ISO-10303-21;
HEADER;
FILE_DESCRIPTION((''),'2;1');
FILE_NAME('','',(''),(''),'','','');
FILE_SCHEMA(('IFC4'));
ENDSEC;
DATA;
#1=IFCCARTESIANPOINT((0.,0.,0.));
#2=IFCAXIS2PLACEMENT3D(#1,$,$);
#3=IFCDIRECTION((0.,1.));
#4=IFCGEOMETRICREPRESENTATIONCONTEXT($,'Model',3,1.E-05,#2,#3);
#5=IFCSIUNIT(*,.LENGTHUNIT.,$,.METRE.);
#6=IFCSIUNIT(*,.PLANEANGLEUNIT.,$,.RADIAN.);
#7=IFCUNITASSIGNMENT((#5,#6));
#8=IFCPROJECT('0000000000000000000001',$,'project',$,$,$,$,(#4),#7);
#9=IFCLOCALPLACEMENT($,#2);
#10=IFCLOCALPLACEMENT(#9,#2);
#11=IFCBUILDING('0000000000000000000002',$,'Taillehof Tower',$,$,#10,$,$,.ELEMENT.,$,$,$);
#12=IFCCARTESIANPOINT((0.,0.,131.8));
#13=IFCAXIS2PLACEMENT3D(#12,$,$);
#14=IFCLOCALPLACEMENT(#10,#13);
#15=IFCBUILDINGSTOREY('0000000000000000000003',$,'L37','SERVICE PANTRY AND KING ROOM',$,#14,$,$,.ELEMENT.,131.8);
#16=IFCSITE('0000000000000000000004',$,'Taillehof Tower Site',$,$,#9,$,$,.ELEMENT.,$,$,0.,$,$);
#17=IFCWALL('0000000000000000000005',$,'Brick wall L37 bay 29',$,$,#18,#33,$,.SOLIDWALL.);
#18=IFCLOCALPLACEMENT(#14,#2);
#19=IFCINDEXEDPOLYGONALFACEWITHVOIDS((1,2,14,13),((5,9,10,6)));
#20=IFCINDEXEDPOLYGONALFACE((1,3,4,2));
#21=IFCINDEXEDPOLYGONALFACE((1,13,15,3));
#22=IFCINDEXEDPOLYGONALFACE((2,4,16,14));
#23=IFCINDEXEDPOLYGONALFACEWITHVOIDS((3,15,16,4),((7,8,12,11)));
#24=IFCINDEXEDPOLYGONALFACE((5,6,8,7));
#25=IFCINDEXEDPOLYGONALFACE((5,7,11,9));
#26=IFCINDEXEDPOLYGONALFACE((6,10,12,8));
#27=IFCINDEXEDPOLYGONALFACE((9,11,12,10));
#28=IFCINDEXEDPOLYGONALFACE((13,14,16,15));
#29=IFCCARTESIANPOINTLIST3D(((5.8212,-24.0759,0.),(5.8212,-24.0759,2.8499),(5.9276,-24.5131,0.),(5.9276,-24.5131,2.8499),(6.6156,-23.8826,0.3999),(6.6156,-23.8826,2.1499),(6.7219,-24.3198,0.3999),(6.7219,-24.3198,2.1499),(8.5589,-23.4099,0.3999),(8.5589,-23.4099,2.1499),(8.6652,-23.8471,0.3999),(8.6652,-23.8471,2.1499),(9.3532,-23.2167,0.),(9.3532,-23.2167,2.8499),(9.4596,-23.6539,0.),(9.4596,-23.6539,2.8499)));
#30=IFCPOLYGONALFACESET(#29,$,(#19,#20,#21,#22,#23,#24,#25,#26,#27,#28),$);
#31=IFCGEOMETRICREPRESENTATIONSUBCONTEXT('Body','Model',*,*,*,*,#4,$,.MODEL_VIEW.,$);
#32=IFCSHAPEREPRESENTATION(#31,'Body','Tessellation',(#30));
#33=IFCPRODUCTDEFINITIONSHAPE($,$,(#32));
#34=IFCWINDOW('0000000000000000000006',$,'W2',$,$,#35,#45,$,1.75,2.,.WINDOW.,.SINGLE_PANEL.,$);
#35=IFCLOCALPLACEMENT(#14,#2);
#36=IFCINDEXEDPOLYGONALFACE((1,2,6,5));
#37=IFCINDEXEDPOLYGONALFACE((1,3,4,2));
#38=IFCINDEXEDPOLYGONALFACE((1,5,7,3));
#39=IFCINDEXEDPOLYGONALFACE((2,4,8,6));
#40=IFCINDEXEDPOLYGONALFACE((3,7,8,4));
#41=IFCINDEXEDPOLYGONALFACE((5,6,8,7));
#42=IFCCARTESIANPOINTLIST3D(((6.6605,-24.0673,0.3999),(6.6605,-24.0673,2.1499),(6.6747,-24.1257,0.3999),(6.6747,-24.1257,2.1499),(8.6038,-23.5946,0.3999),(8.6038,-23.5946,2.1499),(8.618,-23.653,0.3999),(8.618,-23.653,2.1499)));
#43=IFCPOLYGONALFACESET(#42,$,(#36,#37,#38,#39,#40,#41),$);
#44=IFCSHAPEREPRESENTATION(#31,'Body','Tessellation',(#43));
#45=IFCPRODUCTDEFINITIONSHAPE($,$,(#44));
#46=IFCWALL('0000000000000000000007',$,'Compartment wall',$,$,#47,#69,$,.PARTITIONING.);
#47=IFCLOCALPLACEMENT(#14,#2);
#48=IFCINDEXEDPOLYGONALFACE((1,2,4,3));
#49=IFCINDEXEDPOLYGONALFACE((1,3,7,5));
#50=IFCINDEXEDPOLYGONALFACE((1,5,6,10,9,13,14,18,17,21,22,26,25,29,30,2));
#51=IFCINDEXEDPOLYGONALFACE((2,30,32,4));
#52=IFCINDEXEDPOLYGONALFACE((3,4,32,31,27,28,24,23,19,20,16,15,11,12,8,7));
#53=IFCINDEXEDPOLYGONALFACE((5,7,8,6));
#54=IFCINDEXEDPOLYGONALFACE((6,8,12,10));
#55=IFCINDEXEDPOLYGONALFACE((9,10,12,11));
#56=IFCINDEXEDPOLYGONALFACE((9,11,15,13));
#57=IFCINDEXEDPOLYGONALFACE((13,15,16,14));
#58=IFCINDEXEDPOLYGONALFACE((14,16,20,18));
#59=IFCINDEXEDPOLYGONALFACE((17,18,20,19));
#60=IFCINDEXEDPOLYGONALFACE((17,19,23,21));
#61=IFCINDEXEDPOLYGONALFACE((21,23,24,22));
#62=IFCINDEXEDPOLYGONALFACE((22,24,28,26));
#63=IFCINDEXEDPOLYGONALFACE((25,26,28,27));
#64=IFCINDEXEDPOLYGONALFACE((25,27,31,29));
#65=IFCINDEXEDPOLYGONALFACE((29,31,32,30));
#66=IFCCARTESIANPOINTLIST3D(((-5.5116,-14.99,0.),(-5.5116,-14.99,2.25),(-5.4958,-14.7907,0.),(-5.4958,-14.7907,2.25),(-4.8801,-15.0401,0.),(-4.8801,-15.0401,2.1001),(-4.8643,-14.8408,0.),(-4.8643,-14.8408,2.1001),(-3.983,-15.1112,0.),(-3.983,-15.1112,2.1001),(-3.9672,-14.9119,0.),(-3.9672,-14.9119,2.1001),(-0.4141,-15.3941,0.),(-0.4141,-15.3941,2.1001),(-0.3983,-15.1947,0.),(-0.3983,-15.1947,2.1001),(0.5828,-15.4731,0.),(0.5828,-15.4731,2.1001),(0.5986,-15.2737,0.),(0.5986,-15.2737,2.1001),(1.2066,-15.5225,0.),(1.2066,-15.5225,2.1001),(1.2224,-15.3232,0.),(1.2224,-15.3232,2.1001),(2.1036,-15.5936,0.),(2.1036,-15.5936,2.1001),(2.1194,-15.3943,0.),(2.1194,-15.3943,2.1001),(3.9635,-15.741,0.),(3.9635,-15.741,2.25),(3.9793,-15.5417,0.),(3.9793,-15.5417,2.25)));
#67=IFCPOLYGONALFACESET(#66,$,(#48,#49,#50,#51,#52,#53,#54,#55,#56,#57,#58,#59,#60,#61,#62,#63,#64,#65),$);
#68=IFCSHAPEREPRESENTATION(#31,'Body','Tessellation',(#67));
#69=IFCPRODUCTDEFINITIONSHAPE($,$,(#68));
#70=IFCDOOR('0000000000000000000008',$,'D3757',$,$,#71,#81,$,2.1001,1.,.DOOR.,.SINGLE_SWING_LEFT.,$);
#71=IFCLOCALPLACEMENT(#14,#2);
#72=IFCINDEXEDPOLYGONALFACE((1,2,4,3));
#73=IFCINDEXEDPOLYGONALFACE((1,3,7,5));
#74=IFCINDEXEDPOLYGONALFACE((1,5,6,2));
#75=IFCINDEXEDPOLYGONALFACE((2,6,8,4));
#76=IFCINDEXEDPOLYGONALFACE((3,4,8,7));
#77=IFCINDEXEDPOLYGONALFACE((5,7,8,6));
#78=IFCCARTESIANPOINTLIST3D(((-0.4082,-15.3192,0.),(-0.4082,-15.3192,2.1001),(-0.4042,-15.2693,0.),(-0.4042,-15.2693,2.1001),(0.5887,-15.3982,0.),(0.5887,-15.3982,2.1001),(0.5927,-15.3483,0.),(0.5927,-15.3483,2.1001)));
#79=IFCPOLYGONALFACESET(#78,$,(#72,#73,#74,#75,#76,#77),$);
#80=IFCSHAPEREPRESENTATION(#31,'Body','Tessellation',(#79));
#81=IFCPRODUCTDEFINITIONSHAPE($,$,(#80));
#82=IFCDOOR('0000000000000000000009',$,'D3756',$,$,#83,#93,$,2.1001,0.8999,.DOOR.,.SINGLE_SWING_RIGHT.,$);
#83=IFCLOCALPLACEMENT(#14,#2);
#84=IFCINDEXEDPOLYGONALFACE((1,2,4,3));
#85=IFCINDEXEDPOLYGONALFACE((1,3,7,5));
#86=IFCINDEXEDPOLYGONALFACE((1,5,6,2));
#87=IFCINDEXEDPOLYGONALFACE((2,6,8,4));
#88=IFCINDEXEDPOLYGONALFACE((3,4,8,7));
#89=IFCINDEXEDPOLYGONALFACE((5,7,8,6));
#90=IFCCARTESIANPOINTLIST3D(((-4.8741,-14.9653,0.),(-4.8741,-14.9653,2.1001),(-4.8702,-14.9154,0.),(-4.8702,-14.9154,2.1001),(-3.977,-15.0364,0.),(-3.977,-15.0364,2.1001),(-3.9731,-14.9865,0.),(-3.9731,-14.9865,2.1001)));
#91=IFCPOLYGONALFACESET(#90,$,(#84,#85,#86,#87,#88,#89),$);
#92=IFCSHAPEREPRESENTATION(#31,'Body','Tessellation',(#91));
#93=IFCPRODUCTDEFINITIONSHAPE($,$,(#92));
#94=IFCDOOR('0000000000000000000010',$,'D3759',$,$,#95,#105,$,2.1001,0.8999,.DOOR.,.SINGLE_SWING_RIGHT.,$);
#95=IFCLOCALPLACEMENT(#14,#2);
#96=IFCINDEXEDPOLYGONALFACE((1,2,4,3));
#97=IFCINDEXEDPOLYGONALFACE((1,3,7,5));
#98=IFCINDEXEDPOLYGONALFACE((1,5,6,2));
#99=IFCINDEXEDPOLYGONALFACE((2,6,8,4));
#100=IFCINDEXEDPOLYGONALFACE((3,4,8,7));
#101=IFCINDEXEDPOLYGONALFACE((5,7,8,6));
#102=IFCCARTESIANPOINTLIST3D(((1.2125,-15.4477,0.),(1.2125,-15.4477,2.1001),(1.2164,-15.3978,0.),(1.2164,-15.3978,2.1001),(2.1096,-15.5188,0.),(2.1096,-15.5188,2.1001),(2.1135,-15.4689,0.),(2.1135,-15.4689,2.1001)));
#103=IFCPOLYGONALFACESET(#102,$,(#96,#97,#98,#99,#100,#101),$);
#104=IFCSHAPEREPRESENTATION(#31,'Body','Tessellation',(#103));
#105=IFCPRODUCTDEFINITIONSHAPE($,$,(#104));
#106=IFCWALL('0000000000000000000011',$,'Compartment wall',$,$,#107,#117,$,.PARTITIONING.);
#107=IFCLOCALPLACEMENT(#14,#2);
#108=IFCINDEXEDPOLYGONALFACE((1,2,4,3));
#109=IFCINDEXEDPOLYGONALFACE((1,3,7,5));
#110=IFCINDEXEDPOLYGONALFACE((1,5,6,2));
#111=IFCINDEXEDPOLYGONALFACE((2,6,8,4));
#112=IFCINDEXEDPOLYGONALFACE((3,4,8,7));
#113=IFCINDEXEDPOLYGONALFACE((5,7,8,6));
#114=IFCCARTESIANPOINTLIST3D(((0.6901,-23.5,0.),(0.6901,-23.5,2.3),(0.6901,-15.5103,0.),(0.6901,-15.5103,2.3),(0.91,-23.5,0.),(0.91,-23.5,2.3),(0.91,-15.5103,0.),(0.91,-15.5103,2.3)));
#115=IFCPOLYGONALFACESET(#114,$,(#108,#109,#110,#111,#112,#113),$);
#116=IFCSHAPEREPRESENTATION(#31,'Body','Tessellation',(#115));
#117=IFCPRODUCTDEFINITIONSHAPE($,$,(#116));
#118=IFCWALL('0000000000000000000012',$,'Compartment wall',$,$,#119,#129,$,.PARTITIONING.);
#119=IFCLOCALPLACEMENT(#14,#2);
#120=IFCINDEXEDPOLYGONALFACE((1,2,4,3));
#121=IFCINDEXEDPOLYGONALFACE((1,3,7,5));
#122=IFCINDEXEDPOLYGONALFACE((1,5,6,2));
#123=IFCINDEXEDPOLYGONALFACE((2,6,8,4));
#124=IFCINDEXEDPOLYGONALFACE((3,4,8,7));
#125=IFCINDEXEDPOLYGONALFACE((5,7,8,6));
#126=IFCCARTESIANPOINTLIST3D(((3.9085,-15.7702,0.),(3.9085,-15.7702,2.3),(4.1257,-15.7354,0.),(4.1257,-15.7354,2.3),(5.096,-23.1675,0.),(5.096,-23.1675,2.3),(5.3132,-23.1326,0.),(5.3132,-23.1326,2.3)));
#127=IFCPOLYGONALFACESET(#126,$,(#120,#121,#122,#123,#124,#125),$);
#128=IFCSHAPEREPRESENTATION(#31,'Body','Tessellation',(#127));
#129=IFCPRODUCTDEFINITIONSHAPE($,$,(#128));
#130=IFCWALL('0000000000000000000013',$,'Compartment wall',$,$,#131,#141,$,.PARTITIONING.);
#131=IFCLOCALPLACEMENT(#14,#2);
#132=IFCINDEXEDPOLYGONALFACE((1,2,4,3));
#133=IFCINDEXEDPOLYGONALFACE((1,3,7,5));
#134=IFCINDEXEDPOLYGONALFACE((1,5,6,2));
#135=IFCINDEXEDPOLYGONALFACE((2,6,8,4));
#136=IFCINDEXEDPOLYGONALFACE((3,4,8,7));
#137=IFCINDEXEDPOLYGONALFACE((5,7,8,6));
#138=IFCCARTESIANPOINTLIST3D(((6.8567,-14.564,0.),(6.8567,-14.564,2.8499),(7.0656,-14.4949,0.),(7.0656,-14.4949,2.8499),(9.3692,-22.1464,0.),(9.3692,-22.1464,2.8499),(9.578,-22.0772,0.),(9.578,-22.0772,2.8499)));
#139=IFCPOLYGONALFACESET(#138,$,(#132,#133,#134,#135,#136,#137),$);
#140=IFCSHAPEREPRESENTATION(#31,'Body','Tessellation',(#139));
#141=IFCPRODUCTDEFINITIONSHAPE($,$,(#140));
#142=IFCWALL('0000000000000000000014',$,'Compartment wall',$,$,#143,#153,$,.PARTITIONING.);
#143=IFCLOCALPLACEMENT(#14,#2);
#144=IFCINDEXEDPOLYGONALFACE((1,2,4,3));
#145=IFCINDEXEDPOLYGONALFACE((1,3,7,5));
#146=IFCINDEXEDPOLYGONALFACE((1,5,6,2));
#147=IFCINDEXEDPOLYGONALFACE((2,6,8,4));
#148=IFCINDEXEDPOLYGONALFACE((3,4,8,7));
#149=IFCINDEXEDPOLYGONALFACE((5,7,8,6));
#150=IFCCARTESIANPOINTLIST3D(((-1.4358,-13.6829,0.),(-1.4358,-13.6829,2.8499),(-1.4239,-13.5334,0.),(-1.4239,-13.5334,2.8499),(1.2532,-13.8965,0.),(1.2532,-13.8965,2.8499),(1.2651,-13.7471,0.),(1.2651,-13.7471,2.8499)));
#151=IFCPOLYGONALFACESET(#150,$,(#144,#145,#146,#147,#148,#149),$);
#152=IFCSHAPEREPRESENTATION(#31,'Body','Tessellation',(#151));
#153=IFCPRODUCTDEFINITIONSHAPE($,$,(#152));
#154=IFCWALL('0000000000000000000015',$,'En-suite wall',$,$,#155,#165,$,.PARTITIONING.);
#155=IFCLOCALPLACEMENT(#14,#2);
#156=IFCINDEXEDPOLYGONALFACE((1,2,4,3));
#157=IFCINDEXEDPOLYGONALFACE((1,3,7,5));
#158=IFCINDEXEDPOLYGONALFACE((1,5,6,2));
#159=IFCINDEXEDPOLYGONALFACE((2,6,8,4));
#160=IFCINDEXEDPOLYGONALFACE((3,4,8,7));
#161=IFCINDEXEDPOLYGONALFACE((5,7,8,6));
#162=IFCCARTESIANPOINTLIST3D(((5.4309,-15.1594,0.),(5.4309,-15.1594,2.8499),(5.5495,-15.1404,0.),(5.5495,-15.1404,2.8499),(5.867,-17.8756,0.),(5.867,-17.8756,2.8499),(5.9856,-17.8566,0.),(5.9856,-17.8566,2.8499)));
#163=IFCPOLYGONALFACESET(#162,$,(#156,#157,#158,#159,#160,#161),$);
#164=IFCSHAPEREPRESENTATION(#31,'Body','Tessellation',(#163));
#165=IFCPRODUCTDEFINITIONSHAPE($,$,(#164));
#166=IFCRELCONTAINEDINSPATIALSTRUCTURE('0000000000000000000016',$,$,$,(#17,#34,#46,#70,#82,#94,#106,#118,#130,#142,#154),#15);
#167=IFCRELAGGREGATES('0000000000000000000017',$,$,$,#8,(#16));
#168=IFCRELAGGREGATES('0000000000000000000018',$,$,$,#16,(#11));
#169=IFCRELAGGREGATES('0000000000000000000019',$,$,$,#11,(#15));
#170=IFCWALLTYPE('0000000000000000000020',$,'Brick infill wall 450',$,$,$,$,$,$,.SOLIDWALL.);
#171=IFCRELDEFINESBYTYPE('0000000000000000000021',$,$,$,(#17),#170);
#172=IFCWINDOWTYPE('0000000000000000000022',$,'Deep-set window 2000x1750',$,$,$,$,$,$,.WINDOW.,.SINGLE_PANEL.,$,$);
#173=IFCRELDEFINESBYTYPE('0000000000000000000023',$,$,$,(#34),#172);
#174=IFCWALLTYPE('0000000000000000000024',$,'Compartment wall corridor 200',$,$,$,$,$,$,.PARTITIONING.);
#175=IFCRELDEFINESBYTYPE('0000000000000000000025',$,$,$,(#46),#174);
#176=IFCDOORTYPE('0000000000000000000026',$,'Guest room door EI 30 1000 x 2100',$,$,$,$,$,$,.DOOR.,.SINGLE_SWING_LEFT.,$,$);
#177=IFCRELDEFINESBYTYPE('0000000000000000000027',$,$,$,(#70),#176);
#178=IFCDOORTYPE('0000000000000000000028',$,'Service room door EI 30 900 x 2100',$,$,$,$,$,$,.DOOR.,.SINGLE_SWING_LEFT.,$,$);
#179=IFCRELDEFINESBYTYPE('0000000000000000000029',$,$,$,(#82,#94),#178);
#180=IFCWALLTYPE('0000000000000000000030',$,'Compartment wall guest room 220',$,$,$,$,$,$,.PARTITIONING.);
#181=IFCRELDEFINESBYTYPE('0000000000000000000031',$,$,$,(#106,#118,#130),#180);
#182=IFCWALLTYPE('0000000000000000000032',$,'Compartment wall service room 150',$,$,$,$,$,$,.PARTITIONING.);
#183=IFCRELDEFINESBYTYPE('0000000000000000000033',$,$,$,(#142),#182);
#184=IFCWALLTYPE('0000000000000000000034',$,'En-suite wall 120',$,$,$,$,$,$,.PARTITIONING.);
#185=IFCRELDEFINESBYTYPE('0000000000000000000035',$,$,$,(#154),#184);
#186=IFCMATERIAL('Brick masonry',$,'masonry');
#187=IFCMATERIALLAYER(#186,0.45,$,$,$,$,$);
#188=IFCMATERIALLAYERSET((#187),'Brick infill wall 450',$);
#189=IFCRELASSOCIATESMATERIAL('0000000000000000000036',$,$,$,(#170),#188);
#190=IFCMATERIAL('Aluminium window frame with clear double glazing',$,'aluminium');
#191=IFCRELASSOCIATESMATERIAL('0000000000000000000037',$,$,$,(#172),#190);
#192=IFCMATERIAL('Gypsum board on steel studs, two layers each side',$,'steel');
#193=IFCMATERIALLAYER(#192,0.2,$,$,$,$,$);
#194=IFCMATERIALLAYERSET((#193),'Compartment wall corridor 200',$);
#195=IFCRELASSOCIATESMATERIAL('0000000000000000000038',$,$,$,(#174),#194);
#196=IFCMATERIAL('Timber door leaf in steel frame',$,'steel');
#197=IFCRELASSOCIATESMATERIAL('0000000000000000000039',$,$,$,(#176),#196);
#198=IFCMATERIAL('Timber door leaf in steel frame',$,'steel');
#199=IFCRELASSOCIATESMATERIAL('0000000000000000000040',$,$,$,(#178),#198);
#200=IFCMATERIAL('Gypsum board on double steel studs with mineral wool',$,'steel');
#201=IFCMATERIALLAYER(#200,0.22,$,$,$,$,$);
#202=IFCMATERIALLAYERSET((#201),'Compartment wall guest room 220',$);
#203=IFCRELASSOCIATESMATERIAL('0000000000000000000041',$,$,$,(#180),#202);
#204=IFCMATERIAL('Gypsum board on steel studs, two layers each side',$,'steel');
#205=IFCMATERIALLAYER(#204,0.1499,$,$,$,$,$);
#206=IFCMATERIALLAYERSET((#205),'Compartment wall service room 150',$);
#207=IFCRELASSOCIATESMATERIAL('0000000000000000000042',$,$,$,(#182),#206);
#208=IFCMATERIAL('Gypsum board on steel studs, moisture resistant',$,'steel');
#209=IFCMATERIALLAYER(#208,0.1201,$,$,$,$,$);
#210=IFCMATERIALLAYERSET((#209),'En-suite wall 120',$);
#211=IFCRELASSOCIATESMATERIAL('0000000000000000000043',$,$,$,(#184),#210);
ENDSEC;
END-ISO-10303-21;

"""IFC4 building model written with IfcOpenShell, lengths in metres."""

from ifc_helpers import new_model, si_unit, direction, frame, frame_2d, origin, place, context, subcontext, project, spatial, rectangle, extrude, material, layer, layer_set, type_object, element, fill, save


model = new_model("IFC4")

# Units and contexts
model_context = context("Model", 3, precision=1e-05, world=origin(), true_north=direction((0.0, 1.0)))
body_context = subcontext(model_context, "Body", "Model", "MODEL_VIEW")
ifc_project = project(units=[si_unit("LENGTHUNIT", "METRE"), si_unit("PLANEANGLEUNIT", "RADIAN")], contexts=[model_context])

# Site, building, storey
site_placement = place(None, origin())
site = spatial("IfcSite", under=ifc_project, at=site_placement, Name="Taillehof Tower Site", CompositionType="ELEMENT", RefElevation=0.0)
building_placement = place(site_placement, origin())
building = spatial("IfcBuilding", under=site, at=building_placement, Name="Taillehof Tower", CompositionType="ELEMENT")
storey_placement = place(building_placement, frame((0.0, 0.0, 131.8)))
storey = spatial("IfcBuildingStorey", under=building, at=storey_placement, Name="L37", Description="SERVICE PANTRY AND KING ROOM", CompositionType="ELEMENT", Elevation=131.8)

# Wall, opening, window
ifc_material_1 = material(Name="Brick masonry", Category="masonry")
ifc_layer_1 = layer(ifc_material_1, 0.45)
ifc_layer_set_1 = layer_set([ifc_layer_1], Name="Brick infill wall 450")
wall_type_1 = type_object("IfcWallType", Name="Brick infill wall 450", PredefinedType="SOLIDWALL", material=ifc_layer_set_1)
ifc_material_2 = material(Name="Aluminium window frame with clear double glazing", Category="aluminium")
window_type = type_object("IfcWindowType", Name="Deep-set window 2000x1750", PartitioningType="SINGLE_PANEL", PredefinedType="WINDOW", material=ifc_material_2)
wall_1_placement = place(storey_placement, frame((5.8745, -24.2944, 0.0), z_axis=(0.0, 0.0, 1.0), x_axis=(0.971668, 0.236352, 0.0)))
wall_1 = element("IfcWall", 1, at=wall_1_placement, inside=storey, type_object=wall_type_1, Name="Brick wall L37 bay 29", PredefinedType="SOLIDWALL", context=body_context, shape_type="SweptSolid", body=[
    extrude(rectangle(XDim=3.635, YDim=0.45, at=frame_2d((1.8174, 0.0))), origin(), (0.0, 0.0, 1.0), 2.8499),
])
opening_1_placement = place(wall_1_placement, frame((0.8174, 0.0, 0.3999)))
opening_1 = element("IfcOpeningElement", 2, at=opening_1_placement, cuts=wall_1, PredefinedType="OPENING", context=body_context, shape_type="SweptSolid", body=[
    extrude(rectangle(XDim=2.0, YDim=1.75, at=frame_2d((1.0, 0.875))), frame((0.0, 0.2349, 0.0), z_axis=(0.0, -1.0, 0.0), x_axis=(1.0, 0.0, 0.0)), (0.0, 0.0, 1.0), 0.47),
])
window_1_placement = place(opening_1_placement, origin())
window_1 = element("IfcWindow", 3, at=window_1_placement, inside=storey, type_object=window_type, Name="W2", OverallHeight=1.75, OverallWidth=2.0, PartitioningType="SINGLE_PANEL", PredefinedType="WINDOW", context=body_context, shape_type="SweptSolid", body=[
    extrude(rectangle(XDim=2.0, YDim=1.75, at=frame_2d((1.0, 0.875))), frame((0.0, 0.0349, 0.0), z_axis=(0.0, -1.0, 0.0), x_axis=(1.0, 0.0, 0.0)), (0.0, 0.0, 1.0), 0.0601),
])
fill(opening_1, window_1)

# Wall, openings, doors
ifc_material_3 = material(Name="Gypsum board on steel studs, two layers each side", Category="steel")
ifc_layer_2 = layer(ifc_material_3, 0.2)
ifc_layer_set_2 = layer_set([ifc_layer_2], Name="Compartment wall corridor 200")
wall_type_2 = type_object("IfcWallType", Name="Compartment wall corridor 200", PredefinedType="PARTITIONING", material=ifc_layer_set_2)
wall_2_placement = place(storey_placement, frame((3.9714, -15.6414, 0.0), z_axis=(0.0, 0.0, 1.0), x_axis=(-0.996874, 0.07901, 0.0)))
wall_2 = element("IfcWall", 4, at=wall_2_placement, inside=storey, type_object=wall_type_2, Name="Compartment wall", PredefinedType="PARTITIONING", context=body_context, shape_type="SweptSolid", body=[
    extrude(rectangle(XDim=9.5049, YDim=0.2, at=frame_2d((4.7524, 0.0))), origin(), (0.0, 0.0, 1.0), 2.25),
])
opening_2_placement = place(wall_2_placement, frame((7.9714, 0.0, 0.0)))
opening_2 = element("IfcOpeningElement", 5, at=opening_2_placement, cuts=wall_2, PredefinedType="OPENING", context=body_context, shape_type="SweptSolid", body=[
    extrude(rectangle(XDim=0.8999, YDim=2.1001, at=frame_2d((0.45, 1.05))), frame((0.0, 0.1099, 0.0), z_axis=(0.0, -1.0, 0.0), x_axis=(1.0, 0.0, 0.0)), (0.0, 0.0, 1.0), 0.22),
])
opening_3_placement = place(wall_2_placement, frame((3.3914, 0.0, 0.0)))
opening_3 = element("IfcOpeningElement", 6, at=opening_3_placement, cuts=wall_2, PredefinedType="OPENING", context=body_context, shape_type="SweptSolid", body=[
    extrude(rectangle(XDim=1.0, YDim=2.1001, at=frame_2d((0.5, 1.05))), frame((0.0, 0.1099, 0.0), z_axis=(0.0, -1.0, 0.0), x_axis=(1.0, 0.0, 0.0)), (0.0, 0.0, 1.0), 0.22),
])
opening_4_placement = place(wall_2_placement, frame((1.8657, 0.0, 0.0)))
opening_4 = element("IfcOpeningElement", 7, at=opening_4_placement, cuts=wall_2, PredefinedType="OPENING", context=body_context, shape_type="SweptSolid", body=[
    extrude(rectangle(XDim=0.8999, YDim=2.1001, at=frame_2d((0.45, 1.05))), frame((0.0, 0.1099, 0.0), z_axis=(0.0, -1.0, 0.0), x_axis=(1.0, 0.0, 0.0)), (0.0, 0.0, 1.0), 0.22),
])
ifc_material_4 = material(Name="Timber door leaf in steel frame", Category="steel")
door_type_1 = type_object("IfcDoorType", Name="Guest room door EI 30 1000 x 2100", OperationType="SINGLE_SWING_LEFT", PredefinedType="DOOR", material=ifc_material_4)
door_1_placement = place(opening_3_placement, origin())
door_1 = element("IfcDoor", 8, at=door_1_placement, inside=storey, type_object=door_type_1, Name="D3757", OperationType="SINGLE_SWING_LEFT", OverallHeight=2.1001, OverallWidth=1.0, PredefinedType="DOOR", context=body_context, shape_type="SweptSolid", body=[
    extrude(rectangle(XDim=1.0, YDim=2.1001, at=frame_2d((0.5, 1.05))), frame((0.0, 0.0249, 0.0), z_axis=(0.0, -1.0, 0.0), x_axis=(1.0, 0.0, 0.0)), (0.0, 0.0, 1.0), 0.05),
])
fill(opening_3, door_1)
ifc_material_5 = material(Name="Timber door leaf in steel frame", Category="steel")
door_type_2 = type_object("IfcDoorType", Name="Service room door EI 30 900 x 2100", OperationType="SINGLE_SWING_LEFT", PredefinedType="DOOR", material=ifc_material_5)
door_2_placement = place(opening_2_placement, origin())
door_2 = element("IfcDoor", 9, at=door_2_placement, inside=storey, type_object=door_type_2, Name="D3756", OperationType="SINGLE_SWING_RIGHT", OverallHeight=2.1001, OverallWidth=0.8999, PredefinedType="DOOR", context=body_context, shape_type="SweptSolid", body=[
    extrude(rectangle(XDim=0.8999, YDim=2.1001, at=frame_2d((0.45, 1.05))), frame((0.0, 0.0249, 0.0), z_axis=(0.0, -1.0, 0.0), x_axis=(1.0, 0.0, 0.0)), (0.0, 0.0, 1.0), 0.05),
])
fill(opening_2, door_2)
door_3_placement = place(opening_4_placement, origin())
door_3 = element("IfcDoor", 10, at=door_3_placement, inside=storey, type_object=door_type_2, Name="D3759", OperationType="SINGLE_SWING_RIGHT", OverallHeight=2.1001, OverallWidth=0.8999, PredefinedType="DOOR", context=body_context, shape_type="SweptSolid", body=[
    extrude(rectangle(XDim=0.8999, YDim=2.1001, at=frame_2d((0.45, 1.05))), frame((0.0, 0.0249, 0.0), z_axis=(0.0, -1.0, 0.0), x_axis=(1.0, 0.0, 0.0)), (0.0, 0.0, 1.0), 0.05),
])
fill(opening_4, door_3)

# Walls
ifc_material_6 = material(Name="Gypsum board on double steel studs with mineral wool", Category="steel")
ifc_layer_3 = layer(ifc_material_6, 0.22)
ifc_layer_set_3 = layer_set([ifc_layer_3], Name="Compartment wall guest room 220")
wall_type_3 = type_object("IfcWallType", Name="Compartment wall guest room 220", PredefinedType="PARTITIONING", material=ifc_layer_set_3)
wall_3_placement = place(storey_placement, frame((0.8, -23.5, 0.0), z_axis=(0.0, 0.0, 1.0), x_axis=(0.0, 1.0, 0.0)))
element("IfcWall", 11, at=wall_3_placement, inside=storey, type_object=wall_type_3, Name="Compartment wall", PredefinedType="PARTITIONING", context=body_context, shape_type="SweptSolid", body=[
    extrude(rectangle(XDim=7.9897, YDim=0.22, at=frame_2d((3.9949, 0.0))), origin(), (0.0, 0.0, 1.0), 2.3),
])
wall_4_placement = place(storey_placement, frame((5.2046, -23.1501, 0.0), z_axis=(0.0, 0.0, 1.0), x_axis=(-0.158504, 0.987358, 0.0)))
element("IfcWall", 12, at=wall_4_placement, inside=storey, type_object=wall_type_3, Name="Compartment wall", PredefinedType="PARTITIONING", context=body_context, shape_type="SweptSolid", body=[
    extrude(rectangle(XDim=7.4919, YDim=0.22, at=frame_2d((3.7461, 0.0))), origin(), (0.0, 0.0, 1.0), 2.3),
])
wall_5_placement = place(storey_placement, frame((9.4736, -22.1118, 0.0), z_axis=(0.0, 0.0, 1.0), x_axis=(-0.31454, 0.949244, 0.0)))
element("IfcWall", 13, at=wall_5_placement, inside=storey, type_object=wall_type_3, Name="Compartment wall", PredefinedType="PARTITIONING", context=body_context, shape_type="SweptSolid", body=[
    extrude(rectangle(XDim=7.9878, YDim=0.22, at=frame_2d((3.9939, 0.0))), origin(), (0.0, 0.0, 1.0), 2.8499),
])
ifc_material_7 = material(Name="Gypsum board on steel studs, two layers each side", Category="steel")
ifc_layer_4 = layer(ifc_material_7, 0.1499)
ifc_layer_set_4 = layer_set([ifc_layer_4], Name="Compartment wall service room 150")
wall_type_4 = type_object("IfcWallType", Name="Compartment wall service room 150", PredefinedType="PARTITIONING", material=ifc_layer_set_4)
wall_6_placement = place(storey_placement, frame((1.259, -13.8218, 0.0), z_axis=(0.0, 0.0, 1.0), x_axis=(-0.996859, 0.079195, 0.0)))
element("IfcWall", 14, at=wall_6_placement, inside=storey, type_object=wall_type_4, Name="Compartment wall", PredefinedType="PARTITIONING", context=body_context, shape_type="SweptSolid", body=[
    extrude(rectangle(XDim=2.6975, YDim=0.1499, at=frame_2d((1.3486, 0.0))), origin(), (0.0, 0.0, 1.0), 2.8499),
])
ifc_material_8 = material(Name="Gypsum board on steel studs, moisture resistant", Category="steel")
ifc_layer_5 = layer(ifc_material_8, 0.1201)
ifc_layer_set_5 = layer_set([ifc_layer_5], Name="En-suite wall 120")
wall_type_5 = type_object("IfcWallType", Name="En-suite wall 120", PredefinedType="PARTITIONING", material=ifc_layer_set_5)
wall_7_placement = place(storey_placement, frame((5.4902, -15.1499, 0.0), z_axis=(0.0, 0.0, 1.0), x_axis=(0.158496, -0.98736, 0.0)))
element("IfcWall", 15, at=wall_7_placement, inside=storey, type_object=wall_type_5, Name="En-suite wall", PredefinedType="PARTITIONING", context=body_context, shape_type="SweptSolid", body=[
    extrude(rectangle(XDim=2.751, YDim=0.1201, at=frame_2d((1.3755, 0.0))), origin(), (0.0, 0.0, 1.0), 2.8499),
])

save(model, "model.ifc")
